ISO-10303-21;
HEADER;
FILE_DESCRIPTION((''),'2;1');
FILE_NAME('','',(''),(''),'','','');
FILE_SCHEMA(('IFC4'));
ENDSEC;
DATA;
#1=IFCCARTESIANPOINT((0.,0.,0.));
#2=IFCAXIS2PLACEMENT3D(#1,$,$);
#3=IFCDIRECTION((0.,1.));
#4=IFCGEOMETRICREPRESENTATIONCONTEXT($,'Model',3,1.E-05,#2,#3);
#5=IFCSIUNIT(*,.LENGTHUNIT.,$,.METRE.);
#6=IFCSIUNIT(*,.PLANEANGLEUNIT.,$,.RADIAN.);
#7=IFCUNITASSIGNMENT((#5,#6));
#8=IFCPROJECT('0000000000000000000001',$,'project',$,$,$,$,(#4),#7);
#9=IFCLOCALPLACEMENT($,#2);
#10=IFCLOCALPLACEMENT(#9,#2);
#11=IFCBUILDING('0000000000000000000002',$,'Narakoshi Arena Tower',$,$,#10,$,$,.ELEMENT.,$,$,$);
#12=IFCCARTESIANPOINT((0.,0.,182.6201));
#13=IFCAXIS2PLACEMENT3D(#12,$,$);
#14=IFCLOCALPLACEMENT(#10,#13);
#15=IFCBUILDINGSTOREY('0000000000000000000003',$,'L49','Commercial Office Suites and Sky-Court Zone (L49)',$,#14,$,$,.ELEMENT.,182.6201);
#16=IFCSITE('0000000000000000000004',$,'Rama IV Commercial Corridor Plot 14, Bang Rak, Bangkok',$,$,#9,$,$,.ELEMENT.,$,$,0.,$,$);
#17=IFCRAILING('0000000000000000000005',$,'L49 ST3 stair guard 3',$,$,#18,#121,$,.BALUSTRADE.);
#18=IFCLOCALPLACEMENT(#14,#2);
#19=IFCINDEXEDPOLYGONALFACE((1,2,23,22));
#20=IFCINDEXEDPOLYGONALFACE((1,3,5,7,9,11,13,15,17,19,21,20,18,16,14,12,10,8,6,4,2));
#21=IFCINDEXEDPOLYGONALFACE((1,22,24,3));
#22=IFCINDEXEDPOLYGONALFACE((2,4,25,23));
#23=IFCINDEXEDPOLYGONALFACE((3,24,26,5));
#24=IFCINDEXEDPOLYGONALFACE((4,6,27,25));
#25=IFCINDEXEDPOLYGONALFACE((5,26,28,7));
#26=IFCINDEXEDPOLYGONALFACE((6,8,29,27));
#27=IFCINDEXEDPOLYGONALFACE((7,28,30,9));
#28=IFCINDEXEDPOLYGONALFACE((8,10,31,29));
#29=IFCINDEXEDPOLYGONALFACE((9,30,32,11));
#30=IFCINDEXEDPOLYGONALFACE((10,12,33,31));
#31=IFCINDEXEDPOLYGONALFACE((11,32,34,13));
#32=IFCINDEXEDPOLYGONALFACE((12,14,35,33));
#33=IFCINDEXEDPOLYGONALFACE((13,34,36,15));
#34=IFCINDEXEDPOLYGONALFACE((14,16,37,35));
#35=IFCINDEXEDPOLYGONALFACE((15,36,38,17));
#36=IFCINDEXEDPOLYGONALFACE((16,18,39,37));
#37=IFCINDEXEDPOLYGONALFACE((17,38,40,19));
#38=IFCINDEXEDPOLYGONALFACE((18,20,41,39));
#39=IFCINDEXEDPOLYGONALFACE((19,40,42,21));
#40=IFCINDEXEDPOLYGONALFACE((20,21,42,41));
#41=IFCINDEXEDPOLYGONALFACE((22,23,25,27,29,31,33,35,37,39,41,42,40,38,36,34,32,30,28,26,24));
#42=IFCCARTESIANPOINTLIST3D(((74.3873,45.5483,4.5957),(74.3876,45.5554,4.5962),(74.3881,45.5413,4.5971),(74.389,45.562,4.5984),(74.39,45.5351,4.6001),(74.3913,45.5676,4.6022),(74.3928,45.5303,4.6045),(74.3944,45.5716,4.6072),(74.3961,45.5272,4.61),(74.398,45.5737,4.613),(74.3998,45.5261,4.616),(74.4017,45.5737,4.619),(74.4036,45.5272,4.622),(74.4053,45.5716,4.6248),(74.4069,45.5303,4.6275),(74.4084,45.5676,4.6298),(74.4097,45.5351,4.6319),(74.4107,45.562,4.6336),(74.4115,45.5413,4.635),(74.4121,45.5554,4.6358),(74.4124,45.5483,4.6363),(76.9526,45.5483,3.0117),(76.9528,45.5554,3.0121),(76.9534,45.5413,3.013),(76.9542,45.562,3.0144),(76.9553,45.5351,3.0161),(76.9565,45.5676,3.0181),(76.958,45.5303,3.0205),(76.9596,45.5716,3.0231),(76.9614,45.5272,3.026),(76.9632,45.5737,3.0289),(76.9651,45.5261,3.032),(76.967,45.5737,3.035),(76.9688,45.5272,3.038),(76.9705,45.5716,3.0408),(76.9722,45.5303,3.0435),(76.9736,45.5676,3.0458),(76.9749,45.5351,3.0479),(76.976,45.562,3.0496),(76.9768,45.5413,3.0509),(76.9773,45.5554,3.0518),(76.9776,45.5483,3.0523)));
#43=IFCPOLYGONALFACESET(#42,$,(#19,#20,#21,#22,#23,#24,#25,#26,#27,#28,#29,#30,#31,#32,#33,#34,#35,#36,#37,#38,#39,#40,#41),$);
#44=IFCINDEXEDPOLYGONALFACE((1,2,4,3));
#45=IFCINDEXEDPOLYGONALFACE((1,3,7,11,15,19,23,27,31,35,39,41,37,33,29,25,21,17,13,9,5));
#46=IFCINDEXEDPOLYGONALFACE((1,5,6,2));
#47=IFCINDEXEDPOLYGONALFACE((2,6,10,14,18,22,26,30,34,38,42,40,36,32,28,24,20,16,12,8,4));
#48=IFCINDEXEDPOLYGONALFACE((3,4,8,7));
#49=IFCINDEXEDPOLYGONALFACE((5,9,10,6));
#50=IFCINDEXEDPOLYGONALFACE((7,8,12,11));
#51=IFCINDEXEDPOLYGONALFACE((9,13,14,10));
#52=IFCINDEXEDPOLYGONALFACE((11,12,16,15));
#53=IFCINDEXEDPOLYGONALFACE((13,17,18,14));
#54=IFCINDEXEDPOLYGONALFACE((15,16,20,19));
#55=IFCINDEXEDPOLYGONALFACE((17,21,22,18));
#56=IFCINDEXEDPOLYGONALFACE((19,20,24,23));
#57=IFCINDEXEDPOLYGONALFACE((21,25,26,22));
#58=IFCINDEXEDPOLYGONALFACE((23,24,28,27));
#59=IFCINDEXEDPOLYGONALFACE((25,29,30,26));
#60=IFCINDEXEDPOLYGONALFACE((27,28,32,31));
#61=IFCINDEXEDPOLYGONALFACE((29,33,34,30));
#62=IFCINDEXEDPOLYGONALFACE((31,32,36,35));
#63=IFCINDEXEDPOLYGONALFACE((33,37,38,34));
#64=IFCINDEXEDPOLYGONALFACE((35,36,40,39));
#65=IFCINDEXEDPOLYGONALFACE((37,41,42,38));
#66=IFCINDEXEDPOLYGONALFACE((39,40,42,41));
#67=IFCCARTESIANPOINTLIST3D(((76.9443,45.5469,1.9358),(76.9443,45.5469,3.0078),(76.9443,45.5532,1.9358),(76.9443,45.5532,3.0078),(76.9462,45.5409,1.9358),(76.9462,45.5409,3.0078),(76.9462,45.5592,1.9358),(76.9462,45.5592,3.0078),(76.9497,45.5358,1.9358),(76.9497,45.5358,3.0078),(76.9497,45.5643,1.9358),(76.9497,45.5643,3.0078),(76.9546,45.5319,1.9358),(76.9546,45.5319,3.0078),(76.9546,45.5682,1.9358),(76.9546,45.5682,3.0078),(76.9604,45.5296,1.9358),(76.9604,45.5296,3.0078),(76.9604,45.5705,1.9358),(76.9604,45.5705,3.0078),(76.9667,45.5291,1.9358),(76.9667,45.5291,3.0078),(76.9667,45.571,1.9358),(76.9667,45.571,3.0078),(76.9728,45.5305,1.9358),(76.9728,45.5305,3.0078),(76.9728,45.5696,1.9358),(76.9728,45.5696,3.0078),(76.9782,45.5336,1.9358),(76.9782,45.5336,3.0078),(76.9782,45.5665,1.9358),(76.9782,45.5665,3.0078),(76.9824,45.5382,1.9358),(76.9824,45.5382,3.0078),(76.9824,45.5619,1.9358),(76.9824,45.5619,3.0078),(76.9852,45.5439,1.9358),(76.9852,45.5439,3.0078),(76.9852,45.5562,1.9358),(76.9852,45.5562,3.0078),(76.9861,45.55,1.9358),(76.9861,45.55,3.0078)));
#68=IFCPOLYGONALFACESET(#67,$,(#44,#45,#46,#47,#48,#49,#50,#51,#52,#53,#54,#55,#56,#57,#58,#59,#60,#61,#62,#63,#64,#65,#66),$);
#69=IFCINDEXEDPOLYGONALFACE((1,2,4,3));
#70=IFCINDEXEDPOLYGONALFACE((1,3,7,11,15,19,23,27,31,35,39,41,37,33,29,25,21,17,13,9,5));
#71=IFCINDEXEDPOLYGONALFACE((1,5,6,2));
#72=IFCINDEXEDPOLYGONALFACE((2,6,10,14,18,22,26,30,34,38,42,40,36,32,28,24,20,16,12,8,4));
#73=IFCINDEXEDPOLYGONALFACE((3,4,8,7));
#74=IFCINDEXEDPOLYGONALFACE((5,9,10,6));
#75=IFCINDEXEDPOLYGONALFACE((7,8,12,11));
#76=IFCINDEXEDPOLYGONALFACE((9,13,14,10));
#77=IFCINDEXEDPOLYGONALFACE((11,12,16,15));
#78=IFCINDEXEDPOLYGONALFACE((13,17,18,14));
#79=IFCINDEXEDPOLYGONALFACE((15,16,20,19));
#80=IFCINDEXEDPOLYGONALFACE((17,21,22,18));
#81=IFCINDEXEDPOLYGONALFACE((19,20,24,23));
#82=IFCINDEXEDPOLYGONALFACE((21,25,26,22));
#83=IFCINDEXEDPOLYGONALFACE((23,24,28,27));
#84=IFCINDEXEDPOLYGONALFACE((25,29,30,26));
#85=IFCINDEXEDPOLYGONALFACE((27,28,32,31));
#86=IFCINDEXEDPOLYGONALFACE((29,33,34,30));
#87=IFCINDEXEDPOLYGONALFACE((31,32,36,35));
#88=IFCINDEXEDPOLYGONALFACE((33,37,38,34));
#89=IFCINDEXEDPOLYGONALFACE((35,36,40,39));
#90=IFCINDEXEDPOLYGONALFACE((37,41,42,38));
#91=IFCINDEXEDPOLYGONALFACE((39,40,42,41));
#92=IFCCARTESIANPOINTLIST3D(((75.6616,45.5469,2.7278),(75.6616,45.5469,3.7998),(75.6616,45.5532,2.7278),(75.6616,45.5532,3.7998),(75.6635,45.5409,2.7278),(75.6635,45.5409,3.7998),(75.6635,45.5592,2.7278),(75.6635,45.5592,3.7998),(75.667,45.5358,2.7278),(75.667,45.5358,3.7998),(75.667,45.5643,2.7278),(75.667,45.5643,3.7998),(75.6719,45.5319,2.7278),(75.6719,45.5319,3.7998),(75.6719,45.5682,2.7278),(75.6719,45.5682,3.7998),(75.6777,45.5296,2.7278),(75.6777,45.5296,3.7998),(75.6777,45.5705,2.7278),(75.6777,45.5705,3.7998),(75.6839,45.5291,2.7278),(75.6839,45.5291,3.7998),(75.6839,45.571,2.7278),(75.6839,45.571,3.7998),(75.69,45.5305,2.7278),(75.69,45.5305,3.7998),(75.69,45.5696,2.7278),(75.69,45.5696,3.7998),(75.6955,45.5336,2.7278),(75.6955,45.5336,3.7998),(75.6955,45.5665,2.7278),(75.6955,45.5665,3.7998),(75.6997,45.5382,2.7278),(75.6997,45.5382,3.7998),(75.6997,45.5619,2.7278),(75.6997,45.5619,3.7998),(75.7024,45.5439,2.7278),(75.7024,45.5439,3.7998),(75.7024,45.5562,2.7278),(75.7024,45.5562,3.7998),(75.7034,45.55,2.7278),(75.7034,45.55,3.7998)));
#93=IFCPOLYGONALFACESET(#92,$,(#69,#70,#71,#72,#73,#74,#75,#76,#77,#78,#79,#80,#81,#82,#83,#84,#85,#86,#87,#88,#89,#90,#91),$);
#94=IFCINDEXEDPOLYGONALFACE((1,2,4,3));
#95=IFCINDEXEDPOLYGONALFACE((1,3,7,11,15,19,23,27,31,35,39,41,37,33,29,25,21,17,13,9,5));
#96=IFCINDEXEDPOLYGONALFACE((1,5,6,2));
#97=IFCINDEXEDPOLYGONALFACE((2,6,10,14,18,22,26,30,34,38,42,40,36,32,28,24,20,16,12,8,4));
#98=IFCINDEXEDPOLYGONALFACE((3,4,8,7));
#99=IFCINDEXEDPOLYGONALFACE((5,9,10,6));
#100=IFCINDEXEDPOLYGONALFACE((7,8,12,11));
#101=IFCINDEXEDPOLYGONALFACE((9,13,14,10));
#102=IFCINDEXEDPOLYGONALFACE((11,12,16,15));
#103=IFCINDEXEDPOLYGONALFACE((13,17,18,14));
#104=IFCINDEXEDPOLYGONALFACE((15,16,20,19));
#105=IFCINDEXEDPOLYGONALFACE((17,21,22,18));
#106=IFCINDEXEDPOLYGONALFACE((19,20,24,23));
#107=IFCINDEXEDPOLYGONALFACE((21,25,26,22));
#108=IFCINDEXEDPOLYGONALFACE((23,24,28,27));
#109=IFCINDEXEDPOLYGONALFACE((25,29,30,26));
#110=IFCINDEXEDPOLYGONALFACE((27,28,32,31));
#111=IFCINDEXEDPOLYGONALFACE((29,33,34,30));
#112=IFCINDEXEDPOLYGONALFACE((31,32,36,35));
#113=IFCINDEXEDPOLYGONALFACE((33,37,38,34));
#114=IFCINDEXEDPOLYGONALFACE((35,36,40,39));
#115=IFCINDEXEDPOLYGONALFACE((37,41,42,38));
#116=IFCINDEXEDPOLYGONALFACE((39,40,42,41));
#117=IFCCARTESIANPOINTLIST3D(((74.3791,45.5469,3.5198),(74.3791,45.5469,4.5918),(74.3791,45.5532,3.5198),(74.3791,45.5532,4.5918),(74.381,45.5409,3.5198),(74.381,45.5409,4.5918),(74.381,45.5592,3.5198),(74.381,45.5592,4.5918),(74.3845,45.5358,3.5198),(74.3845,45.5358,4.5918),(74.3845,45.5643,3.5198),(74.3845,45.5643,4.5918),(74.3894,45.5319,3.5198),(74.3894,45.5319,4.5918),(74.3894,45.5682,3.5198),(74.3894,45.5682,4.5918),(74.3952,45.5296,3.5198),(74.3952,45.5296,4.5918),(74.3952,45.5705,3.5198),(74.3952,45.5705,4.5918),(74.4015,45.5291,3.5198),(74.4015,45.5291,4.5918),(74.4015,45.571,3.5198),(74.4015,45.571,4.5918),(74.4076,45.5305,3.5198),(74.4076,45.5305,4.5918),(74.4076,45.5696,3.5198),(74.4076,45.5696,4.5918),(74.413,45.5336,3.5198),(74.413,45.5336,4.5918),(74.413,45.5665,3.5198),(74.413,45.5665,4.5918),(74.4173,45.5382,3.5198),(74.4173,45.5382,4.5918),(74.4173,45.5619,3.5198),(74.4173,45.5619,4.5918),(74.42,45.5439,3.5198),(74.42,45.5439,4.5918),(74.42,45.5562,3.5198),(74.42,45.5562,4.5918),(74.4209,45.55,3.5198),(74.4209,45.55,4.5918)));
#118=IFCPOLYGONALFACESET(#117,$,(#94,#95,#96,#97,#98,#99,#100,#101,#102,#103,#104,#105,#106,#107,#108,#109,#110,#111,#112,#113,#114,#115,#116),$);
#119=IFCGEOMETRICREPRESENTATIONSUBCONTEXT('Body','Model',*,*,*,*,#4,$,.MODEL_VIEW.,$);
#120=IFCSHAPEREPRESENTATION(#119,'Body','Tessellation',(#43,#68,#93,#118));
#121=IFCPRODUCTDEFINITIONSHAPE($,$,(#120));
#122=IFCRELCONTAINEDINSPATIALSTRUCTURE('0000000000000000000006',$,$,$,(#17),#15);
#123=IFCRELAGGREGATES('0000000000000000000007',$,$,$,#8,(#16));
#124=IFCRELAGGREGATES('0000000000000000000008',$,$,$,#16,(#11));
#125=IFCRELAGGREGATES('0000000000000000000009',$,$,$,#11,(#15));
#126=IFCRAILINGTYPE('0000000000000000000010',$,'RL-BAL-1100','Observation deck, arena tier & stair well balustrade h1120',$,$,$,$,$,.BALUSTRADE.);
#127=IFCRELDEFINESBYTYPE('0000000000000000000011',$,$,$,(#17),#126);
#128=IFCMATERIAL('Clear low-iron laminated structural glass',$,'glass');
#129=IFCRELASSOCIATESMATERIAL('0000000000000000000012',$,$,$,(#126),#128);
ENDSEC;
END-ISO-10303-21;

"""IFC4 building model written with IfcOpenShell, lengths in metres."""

from ifc_helpers import new_model, si_unit, direction, frame, origin, origin_2d, place, context, subcontext, project, spatial, circle, extrude, material, type_object, element, save


model = new_model("IFC4")

# Units and contexts
model_context = context("Model", 3, precision=1e-05, world=origin(), true_north=direction((0.0, 1.0)))
body_context = subcontext(model_context, "Body", "Model", "MODEL_VIEW")
ifc_project = project(units=[si_unit("LENGTHUNIT", "METRE"), si_unit("PLANEANGLEUNIT", "RADIAN")], contexts=[model_context])

# Site, building, storey
site_placement = place(None, origin())
site = spatial("IfcSite", under=ifc_project, at=site_placement, Name="Rama IV Commercial Corridor Plot 14, Bang Rak, Bangkok", CompositionType="ELEMENT", RefElevation=0.0)
building_placement = place(site_placement, origin())
building = spatial("IfcBuilding", under=site, at=building_placement, Name="Narakoshi Arena Tower", CompositionType="ELEMENT")
storey_placement = place(building_placement, frame((0.0, 0.0, 182.6201)))
storey = spatial("IfcBuildingStorey", under=building, at=storey_placement, Name="L49", Description="Commercial Office Suites and Sky-Court Zone (L49)", CompositionType="ELEMENT", Elevation=182.6201)

# Railing
ifc_material_1 = material(Name="Clear low-iron laminated structural glass", Category="glass")
railing_type_1 = type_object("IfcRailingType", Name="RL-BAL-1100", Description="Observation deck, arena tier & stair well balustrade h1120", PredefinedType="BALUSTRADE", material=ifc_material_1)
railing_1_placement = place(storey_placement, frame((76.9651, 45.55, 1.9358)))
element("IfcRailing", 1, at=railing_1_placement, inside=storey, type_object=railing_type_1, Name="L49 ST3 stair guard 3", PredefinedType="BALUSTRADE", context=body_context, shape_type="SweptSolid", body=[
    extrude(circle(Radius=0.0239, at=origin_2d()), frame((0.0, 0.0, 1.0962), z_axis=(-0.850857, 0.0, 0.525398), x_axis=(0.0, -1.0, 0.0)), (0.0, 0.0, 1.0), 3.0149),
    extrude(circle(Radius=0.021, at=origin_2d()), origin(), (0.0, 0.0, 1.0), 1.072),
    extrude(circle(Radius=0.021, at=origin_2d()), frame((-1.2827, 0.0, 0.792)), (0.0, 0.0, 1.0), 1.072),
    extrude(circle(Radius=0.021, at=origin_2d()), frame((-2.5652, 0.0, 1.584)), (0.0, 0.0, 1.0), 1.072),
])

save(model, "model.ifc")
